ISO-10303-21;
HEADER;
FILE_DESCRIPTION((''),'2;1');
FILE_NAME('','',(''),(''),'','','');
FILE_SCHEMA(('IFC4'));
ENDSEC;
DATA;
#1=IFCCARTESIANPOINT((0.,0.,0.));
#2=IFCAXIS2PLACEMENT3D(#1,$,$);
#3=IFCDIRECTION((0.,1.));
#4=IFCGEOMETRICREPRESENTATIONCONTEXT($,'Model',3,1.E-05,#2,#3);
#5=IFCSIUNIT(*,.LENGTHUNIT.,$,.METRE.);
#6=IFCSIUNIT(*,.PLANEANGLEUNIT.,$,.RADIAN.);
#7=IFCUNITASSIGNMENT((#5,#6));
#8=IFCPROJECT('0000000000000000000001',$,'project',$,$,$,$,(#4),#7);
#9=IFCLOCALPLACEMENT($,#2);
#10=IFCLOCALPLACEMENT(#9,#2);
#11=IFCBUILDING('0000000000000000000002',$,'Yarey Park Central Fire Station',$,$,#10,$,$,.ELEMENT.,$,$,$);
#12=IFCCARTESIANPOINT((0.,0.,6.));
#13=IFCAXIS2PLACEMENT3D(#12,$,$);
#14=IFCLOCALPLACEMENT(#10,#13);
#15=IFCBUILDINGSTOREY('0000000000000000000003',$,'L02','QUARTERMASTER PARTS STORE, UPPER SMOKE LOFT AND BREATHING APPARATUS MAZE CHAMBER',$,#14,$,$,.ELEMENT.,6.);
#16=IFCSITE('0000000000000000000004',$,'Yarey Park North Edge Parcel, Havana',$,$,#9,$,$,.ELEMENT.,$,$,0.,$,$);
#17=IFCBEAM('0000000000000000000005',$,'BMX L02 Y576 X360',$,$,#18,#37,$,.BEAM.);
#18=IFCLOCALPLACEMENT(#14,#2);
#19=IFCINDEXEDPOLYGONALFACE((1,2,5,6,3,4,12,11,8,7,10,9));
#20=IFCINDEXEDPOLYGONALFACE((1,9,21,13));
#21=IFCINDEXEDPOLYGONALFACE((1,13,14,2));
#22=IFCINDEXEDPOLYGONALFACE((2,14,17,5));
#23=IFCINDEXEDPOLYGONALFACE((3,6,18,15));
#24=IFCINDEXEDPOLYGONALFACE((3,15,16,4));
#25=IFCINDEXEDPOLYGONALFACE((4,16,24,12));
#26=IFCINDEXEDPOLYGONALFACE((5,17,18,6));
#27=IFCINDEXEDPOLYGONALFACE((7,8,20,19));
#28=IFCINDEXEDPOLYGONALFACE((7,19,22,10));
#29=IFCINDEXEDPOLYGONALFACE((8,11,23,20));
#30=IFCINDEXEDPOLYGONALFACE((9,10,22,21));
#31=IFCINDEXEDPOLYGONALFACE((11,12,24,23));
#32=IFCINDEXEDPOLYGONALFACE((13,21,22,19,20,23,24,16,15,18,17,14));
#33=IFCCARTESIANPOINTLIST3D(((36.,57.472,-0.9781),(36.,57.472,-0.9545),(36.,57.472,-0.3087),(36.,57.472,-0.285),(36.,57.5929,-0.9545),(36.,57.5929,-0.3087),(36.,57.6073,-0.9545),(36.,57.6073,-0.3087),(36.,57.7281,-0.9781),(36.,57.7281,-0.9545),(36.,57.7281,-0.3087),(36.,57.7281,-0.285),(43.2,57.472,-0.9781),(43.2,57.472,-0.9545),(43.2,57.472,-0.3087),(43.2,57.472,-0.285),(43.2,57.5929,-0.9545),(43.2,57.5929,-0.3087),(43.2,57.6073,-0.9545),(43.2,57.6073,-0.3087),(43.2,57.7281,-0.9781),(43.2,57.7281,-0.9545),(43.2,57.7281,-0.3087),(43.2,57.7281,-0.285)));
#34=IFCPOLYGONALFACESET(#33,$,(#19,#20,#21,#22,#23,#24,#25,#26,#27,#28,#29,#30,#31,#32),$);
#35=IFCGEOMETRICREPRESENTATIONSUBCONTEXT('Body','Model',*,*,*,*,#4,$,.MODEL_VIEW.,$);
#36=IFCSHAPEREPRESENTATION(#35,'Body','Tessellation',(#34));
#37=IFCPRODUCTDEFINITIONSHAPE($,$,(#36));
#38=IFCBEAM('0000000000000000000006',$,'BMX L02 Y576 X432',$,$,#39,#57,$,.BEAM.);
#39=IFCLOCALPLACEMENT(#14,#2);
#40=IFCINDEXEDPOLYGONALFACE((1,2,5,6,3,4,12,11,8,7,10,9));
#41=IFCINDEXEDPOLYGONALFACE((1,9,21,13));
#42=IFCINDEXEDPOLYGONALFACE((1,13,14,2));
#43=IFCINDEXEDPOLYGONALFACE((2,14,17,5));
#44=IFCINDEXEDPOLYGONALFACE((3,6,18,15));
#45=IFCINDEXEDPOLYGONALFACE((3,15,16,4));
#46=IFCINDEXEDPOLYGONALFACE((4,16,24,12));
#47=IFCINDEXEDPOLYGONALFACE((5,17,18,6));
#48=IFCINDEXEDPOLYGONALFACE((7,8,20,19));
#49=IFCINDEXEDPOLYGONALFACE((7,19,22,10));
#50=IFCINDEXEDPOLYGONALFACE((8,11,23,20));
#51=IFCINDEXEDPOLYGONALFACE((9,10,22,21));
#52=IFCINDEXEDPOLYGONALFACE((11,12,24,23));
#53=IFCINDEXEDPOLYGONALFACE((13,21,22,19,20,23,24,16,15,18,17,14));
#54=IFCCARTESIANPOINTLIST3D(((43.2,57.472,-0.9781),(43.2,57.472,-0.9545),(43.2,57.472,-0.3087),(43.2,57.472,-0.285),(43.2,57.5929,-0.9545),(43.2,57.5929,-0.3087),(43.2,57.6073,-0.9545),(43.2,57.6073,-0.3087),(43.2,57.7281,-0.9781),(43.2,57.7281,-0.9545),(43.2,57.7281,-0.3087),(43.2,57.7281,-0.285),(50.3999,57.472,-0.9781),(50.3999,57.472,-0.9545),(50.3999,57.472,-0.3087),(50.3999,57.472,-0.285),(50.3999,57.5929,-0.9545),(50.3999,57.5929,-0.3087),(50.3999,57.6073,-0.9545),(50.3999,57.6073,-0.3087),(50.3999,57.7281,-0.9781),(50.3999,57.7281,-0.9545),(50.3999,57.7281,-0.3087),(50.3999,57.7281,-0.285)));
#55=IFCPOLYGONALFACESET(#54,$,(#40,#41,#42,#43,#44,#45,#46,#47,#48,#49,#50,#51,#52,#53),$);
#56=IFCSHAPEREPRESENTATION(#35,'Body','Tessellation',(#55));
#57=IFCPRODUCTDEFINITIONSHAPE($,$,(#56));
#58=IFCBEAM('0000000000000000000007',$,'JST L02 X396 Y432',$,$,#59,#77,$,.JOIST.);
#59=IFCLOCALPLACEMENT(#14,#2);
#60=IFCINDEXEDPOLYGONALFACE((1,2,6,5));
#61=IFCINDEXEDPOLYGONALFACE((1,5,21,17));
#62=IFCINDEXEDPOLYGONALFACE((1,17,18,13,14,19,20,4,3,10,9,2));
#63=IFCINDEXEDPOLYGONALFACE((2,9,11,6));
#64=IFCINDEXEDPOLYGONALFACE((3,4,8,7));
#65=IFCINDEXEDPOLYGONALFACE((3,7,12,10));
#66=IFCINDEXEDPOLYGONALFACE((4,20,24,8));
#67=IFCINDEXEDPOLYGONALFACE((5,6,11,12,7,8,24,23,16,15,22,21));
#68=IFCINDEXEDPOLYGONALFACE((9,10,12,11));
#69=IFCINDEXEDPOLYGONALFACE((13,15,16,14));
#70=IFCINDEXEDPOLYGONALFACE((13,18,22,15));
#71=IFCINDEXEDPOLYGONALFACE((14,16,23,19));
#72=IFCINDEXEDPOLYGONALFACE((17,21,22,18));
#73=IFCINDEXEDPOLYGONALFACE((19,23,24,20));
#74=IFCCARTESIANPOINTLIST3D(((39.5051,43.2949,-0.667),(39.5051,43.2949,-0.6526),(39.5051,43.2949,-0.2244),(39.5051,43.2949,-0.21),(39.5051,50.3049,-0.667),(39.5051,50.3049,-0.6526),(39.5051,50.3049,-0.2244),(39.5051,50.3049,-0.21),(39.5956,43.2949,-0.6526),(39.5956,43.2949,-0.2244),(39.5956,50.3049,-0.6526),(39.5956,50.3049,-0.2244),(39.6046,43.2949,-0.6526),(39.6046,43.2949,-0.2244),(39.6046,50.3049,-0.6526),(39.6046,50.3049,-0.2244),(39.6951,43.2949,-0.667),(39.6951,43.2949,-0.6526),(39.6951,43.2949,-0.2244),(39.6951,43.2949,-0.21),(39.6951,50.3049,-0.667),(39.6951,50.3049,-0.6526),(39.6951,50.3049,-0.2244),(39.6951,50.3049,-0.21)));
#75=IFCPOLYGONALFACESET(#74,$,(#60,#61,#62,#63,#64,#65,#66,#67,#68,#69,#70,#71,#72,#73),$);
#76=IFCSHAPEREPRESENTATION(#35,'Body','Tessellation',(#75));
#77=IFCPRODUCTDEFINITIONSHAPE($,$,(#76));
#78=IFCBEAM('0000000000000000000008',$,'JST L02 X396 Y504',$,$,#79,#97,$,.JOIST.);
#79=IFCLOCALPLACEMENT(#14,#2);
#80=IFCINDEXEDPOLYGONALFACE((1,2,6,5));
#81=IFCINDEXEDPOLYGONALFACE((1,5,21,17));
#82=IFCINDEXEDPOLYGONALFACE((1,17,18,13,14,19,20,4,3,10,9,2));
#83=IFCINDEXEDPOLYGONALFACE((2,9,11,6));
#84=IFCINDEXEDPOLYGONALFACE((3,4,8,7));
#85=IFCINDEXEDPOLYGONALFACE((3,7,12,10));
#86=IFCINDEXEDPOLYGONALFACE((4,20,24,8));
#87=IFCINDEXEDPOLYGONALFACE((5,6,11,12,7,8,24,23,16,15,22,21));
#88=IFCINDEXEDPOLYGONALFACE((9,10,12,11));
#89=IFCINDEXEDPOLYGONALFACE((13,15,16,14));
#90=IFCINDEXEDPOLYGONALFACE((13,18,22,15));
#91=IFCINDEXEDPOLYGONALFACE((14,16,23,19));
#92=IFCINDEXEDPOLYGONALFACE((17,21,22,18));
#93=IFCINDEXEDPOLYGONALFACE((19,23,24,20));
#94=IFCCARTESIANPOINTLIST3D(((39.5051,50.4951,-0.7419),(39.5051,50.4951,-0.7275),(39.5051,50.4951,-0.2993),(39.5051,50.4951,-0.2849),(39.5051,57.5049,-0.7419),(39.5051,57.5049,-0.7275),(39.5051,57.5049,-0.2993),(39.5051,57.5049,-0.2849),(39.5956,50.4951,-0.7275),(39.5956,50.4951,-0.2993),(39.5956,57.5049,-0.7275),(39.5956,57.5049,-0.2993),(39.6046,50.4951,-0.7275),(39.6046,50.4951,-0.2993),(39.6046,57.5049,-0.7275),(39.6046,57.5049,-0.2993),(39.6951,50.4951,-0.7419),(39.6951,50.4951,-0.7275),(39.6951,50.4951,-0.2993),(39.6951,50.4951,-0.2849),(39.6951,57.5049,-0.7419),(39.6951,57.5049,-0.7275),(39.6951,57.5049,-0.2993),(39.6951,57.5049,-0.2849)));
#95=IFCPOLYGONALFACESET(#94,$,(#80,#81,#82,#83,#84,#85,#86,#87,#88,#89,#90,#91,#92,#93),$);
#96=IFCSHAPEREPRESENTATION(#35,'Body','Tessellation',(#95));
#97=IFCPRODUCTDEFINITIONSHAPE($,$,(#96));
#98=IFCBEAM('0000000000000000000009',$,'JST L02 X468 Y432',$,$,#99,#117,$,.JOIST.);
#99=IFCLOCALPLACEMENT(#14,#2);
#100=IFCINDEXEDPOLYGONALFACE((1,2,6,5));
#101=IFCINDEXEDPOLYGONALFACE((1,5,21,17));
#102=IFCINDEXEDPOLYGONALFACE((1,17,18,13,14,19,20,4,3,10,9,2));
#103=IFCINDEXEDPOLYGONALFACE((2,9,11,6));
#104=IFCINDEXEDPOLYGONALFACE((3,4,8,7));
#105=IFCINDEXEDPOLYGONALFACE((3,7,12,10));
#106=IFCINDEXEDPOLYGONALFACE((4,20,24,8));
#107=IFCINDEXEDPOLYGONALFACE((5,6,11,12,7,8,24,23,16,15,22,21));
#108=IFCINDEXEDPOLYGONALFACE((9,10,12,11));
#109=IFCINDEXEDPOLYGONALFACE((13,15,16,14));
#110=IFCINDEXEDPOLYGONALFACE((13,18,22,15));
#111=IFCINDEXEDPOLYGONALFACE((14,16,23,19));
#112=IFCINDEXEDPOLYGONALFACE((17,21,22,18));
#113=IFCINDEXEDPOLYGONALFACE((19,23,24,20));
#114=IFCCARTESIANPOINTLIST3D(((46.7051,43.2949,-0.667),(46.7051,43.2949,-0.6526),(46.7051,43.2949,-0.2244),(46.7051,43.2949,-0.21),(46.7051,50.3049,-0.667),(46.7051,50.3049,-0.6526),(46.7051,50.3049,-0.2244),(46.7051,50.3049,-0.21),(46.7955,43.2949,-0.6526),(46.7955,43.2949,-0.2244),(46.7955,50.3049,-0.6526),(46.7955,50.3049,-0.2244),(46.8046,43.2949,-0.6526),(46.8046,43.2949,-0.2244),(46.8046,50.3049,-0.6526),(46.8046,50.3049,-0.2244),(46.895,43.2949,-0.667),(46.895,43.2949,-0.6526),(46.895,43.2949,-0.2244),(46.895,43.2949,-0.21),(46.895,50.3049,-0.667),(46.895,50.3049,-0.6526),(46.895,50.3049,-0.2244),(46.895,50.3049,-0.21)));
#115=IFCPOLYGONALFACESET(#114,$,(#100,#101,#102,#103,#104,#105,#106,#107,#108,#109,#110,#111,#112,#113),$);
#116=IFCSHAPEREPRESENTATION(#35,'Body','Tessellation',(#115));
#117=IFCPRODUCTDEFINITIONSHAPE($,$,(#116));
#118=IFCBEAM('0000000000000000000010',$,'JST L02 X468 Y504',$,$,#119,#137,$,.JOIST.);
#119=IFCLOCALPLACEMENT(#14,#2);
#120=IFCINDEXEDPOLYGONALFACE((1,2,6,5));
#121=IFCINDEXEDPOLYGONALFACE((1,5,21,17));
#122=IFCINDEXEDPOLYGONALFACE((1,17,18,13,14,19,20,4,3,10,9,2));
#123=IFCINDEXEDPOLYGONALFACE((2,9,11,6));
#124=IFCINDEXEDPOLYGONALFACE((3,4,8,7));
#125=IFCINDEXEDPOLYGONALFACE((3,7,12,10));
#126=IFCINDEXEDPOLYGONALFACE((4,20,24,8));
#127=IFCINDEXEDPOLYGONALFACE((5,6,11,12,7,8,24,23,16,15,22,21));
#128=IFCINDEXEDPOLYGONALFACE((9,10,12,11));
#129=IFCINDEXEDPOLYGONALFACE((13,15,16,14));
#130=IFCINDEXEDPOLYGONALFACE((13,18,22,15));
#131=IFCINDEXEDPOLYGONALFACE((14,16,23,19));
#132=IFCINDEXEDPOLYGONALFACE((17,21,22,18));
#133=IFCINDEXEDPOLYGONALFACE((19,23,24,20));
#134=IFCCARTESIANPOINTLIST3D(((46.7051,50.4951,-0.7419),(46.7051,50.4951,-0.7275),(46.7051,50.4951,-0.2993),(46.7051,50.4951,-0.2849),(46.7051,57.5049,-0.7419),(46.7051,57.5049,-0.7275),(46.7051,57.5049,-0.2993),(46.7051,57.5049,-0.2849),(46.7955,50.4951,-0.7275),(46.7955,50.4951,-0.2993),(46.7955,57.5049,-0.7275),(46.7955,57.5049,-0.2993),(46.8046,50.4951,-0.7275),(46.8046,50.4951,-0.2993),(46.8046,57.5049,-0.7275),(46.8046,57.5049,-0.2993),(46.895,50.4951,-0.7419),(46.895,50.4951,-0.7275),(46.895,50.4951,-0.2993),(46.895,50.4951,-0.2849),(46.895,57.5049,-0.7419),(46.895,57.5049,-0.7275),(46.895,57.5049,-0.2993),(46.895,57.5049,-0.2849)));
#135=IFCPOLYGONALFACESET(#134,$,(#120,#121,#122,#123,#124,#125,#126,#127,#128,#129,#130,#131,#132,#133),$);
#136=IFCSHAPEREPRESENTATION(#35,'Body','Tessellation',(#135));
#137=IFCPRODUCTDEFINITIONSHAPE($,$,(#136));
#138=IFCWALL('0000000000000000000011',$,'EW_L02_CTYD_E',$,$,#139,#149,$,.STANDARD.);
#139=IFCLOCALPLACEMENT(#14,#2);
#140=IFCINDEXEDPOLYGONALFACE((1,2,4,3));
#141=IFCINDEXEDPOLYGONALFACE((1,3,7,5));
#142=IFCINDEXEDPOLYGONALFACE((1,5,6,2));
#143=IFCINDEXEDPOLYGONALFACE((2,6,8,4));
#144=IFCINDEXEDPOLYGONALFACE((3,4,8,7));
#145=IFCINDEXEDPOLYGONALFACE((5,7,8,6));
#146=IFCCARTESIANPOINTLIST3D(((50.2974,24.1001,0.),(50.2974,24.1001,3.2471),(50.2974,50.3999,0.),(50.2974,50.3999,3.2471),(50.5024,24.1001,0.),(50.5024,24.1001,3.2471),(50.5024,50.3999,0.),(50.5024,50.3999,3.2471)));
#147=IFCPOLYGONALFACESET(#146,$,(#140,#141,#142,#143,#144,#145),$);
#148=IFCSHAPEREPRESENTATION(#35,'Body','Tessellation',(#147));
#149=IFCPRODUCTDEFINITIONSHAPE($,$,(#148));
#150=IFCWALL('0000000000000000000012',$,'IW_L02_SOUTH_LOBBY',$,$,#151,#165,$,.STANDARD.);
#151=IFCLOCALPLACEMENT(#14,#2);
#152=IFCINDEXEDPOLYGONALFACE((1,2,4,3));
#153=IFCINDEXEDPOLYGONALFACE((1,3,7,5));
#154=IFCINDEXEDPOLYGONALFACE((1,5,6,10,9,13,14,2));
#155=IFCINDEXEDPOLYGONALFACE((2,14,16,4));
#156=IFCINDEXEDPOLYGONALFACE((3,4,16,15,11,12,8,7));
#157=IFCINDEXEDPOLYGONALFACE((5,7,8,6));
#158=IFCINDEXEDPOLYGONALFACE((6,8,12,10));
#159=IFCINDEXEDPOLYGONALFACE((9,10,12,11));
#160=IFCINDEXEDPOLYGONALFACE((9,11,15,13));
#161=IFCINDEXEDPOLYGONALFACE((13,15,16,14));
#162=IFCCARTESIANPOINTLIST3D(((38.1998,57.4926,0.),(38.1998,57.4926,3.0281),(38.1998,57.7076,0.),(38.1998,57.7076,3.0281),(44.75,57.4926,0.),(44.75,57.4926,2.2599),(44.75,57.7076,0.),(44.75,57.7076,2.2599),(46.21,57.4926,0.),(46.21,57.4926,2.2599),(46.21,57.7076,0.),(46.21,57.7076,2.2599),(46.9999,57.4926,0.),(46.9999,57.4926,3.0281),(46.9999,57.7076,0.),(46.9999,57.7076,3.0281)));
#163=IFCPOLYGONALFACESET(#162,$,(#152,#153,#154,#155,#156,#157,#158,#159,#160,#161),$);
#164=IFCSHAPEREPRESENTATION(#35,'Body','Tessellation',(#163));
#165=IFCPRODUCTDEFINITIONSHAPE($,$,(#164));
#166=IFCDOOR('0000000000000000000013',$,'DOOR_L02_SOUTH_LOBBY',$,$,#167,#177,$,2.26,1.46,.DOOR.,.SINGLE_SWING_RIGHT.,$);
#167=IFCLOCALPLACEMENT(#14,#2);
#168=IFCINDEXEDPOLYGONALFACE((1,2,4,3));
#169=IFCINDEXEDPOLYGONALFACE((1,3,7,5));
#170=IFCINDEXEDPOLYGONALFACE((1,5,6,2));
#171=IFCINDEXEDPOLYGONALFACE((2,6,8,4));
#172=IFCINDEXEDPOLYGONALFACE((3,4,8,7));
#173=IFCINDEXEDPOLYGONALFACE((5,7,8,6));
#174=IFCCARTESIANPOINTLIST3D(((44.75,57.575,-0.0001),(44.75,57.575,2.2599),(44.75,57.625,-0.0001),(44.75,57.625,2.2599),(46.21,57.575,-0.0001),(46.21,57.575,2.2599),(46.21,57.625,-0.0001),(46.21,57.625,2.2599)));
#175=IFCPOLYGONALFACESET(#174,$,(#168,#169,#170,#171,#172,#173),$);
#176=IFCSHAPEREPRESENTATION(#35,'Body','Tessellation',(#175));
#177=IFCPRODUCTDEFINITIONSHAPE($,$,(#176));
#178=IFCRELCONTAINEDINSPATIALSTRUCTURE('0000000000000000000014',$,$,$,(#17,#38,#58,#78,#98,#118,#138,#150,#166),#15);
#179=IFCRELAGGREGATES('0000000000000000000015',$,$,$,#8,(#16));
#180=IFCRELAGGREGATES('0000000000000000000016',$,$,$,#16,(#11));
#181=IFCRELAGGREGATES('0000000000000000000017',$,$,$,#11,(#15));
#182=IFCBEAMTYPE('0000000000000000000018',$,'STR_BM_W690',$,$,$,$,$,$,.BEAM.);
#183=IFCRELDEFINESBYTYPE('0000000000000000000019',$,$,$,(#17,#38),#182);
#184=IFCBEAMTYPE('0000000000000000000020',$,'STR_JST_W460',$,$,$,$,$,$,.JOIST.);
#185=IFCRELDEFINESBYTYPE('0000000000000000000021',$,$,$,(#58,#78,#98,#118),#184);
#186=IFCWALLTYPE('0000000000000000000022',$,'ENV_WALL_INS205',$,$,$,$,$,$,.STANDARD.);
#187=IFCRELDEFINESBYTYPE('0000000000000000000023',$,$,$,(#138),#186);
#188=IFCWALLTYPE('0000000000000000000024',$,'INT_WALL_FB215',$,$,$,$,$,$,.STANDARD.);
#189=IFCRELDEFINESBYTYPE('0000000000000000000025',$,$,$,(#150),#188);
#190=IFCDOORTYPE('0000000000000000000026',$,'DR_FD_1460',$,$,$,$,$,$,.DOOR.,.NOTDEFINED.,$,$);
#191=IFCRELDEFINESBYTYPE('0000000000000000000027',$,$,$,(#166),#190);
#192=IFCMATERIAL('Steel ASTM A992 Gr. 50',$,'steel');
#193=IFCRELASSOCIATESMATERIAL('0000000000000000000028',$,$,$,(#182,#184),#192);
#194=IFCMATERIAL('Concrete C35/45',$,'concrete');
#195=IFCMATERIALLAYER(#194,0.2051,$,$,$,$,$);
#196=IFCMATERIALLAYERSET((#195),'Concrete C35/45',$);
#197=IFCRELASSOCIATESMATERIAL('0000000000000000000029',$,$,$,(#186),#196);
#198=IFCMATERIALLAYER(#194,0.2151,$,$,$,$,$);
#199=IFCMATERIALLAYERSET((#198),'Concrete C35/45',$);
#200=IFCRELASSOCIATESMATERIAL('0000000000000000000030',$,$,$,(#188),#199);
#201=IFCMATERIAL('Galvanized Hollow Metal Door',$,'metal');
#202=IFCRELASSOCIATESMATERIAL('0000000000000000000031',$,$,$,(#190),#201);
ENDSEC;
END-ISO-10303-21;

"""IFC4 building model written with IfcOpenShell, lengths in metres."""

from ifc_helpers import new_model, si_unit, direction, frame, frame_2d, origin, origin_2d, place, context, subcontext, project, spatial, rectangle, i_section, extrude, material, layer, layer_set, material_profile, profile_set, type_object, element, fill, save


model = new_model("IFC4")

# Units and contexts
model_context = context("Model", 3, precision=1e-05, world=origin(), true_north=direction((0.0, 1.0)))
body_context = subcontext(model_context, "Body", "Model", "MODEL_VIEW")
ifc_project = project(units=[si_unit("LENGTHUNIT", "METRE"), si_unit("PLANEANGLEUNIT", "RADIAN")], contexts=[model_context])

# Site, building, storey
site_placement = place(None, origin())
site = spatial("IfcSite", under=ifc_project, at=site_placement, Name="Yarey Park North Edge Parcel, Havana", CompositionType="ELEMENT", RefElevation=0.0)
building_placement = place(site_placement, origin())
building = spatial("IfcBuilding", under=site, at=building_placement, Name="Yarey Park Central Fire Station", CompositionType="ELEMENT")
storey_placement = place(building_placement, frame((0.0, 0.0, 6.0)))
storey = spatial("IfcBuildingStorey", under=building, at=storey_placement, Name="L02", Description="QUARTERMASTER PARTS STORE, UPPER SMOKE LOFT AND BREATHING APPARATUS MAZE CHAMBER", CompositionType="ELEMENT", Elevation=6.0)

# Shared definitions
ifc_material_1 = material(Name="Steel ASTM A992 Gr. 50", Category="steel")

# Beams
ifc_material_profile_1 = material_profile(ifc_material_1, i_section(OverallWidth=0.2561, OverallDepth=0.6931, WebThickness=0.0144, FlangeThickness=0.0237, at=origin_2d()), Name="W690x170")
ifc_profile_set_1 = profile_set([ifc_material_profile_1], Name="Steel ASTM A992 Gr. 50")
beam_type_1 = type_object("IfcBeamType", Name="STR_BM_W690", PredefinedType="BEAM", material=ifc_profile_set_1)
for number, where, z_axis, x_axis, name in (
    (1, (36.0, 57.6001, -0.6316), (1.0, 0.0, 0.0), (0.0, 1.0, 0.0), "BMX L02 Y576 X360"),
    (2, (43.2, 57.6001, -0.6316), (1.0, 0.0, 0.0), (0.0, 1.0, 0.0), "BMX L02 Y576 X432"),
):
    element("IfcBeam", number, at=place(storey_placement, frame(where, z_axis=z_axis, x_axis=x_axis)), inside=storey, type_object=beam_type_1, Name=name, PredefinedType="BEAM", context=body_context, shape_type="SweptSolid", body=[
        extrude(i_section(OverallWidth=0.2561, OverallDepth=0.6931, WebThickness=0.0144, FlangeThickness=0.0237, at=origin_2d()), origin(), (0.0, 0.0, 1.0), 7.2),
    ])
ifc_material_profile_2 = material_profile(ifc_material_1, i_section(OverallWidth=0.1899, OverallDepth=0.457, WebThickness=0.009, FlangeThickness=0.0144, at=origin_2d()), Name="W460x74")
ifc_profile_set_2 = profile_set([ifc_material_profile_2], Name="Steel ASTM A992 Gr. 50")
beam_type_2 = type_object("IfcBeamType", Name="STR_JST_W460", PredefinedType="JOIST", material=ifc_profile_set_2)
beam_1_placement = place(storey_placement, frame((39.6001, 43.2949, -0.4385), z_axis=(0.0, 1.0, 0.0), x_axis=(-1.0, 0.0, 0.0)))
element("IfcBeam", 3, at=beam_1_placement, inside=storey, type_object=beam_type_2, Name="JST L02 X396 Y432", PredefinedType="JOIST", context=body_context, shape_type="SweptSolid", body=[
    extrude(i_section(OverallWidth=0.1899, OverallDepth=0.457, WebThickness=0.009, FlangeThickness=0.0144, at=origin_2d()), origin(), (0.0, 0.0, 1.0), 7.01),
])
beam_2_placement = place(storey_placement, frame((39.6001, 50.4951, -0.5134), z_axis=(0.0, 1.0, 0.0), x_axis=(-1.0, 0.0, 0.0)))
element("IfcBeam", 4, at=beam_2_placement, inside=storey, type_object=beam_type_2, Name="JST L02 X396 Y504", PredefinedType="JOIST", context=body_context, shape_type="SweptSolid", body=[
    extrude(i_section(OverallWidth=0.1899, OverallDepth=0.457, WebThickness=0.009, FlangeThickness=0.0144, at=origin_2d()), origin(), (0.0, 0.0, 1.0), 7.0098),
])
beam_3_placement = place(storey_placement, frame((46.8, 43.2949, -0.4385), z_axis=(0.0, 1.0, 0.0), x_axis=(-1.0, 0.0, 0.0)))
element("IfcBeam", 5, at=beam_3_placement, inside=storey, type_object=beam_type_2, Name="JST L02 X468 Y432", PredefinedType="JOIST", context=body_context, shape_type="SweptSolid", body=[
    extrude(i_section(OverallWidth=0.1899, OverallDepth=0.457, WebThickness=0.009, FlangeThickness=0.0144, at=origin_2d()), origin(), (0.0, 0.0, 1.0), 7.01),
])
beam_4_placement = place(storey_placement, frame((46.8, 50.4951, -0.5134), z_axis=(0.0, 1.0, 0.0), x_axis=(-1.0, 0.0, 0.0)))
element("IfcBeam", 6, at=beam_4_placement, inside=storey, type_object=beam_type_2, Name="JST L02 X468 Y504", PredefinedType="JOIST", context=body_context, shape_type="SweptSolid", body=[
    extrude(i_section(OverallWidth=0.1899, OverallDepth=0.457, WebThickness=0.009, FlangeThickness=0.0144, at=origin_2d()), origin(), (0.0, 0.0, 1.0), 7.0098),
])

# Wall
ifc_material_2 = material(Name="Concrete C35/45", Category="concrete")
ifc_layer_1 = layer(ifc_material_2, 0.2051)
ifc_layer_set_1 = layer_set([ifc_layer_1], Name="Concrete C35/45")
wall_type_1 = type_object("IfcWallType", Name="ENV_WALL_INS205", PredefinedType="STANDARD", material=ifc_layer_set_1)
wall_1_placement = place(storey_placement, frame((50.3999, 50.3999, 0.0), z_axis=(0.0, 0.0, 1.0), x_axis=(0.0, -1.0, 0.0)))
element("IfcWall", 7, at=wall_1_placement, inside=storey, type_object=wall_type_1, Name="EW_L02_CTYD_E", PredefinedType="STANDARD", context=body_context, shape_type="SweptSolid", body=[
    extrude(rectangle(XDim=26.2998, YDim=0.2051, at=frame_2d((13.1499, 0.0))), origin(), (0.0, 0.0, 1.0), 3.2471),
])

# Wall, opening, door
ifc_layer_2 = layer(ifc_material_2, 0.2151)
ifc_layer_set_2 = layer_set([ifc_layer_2], Name="Concrete C35/45")
wall_type_2 = type_object("IfcWallType", Name="INT_WALL_FB215", PredefinedType="STANDARD", material=ifc_layer_set_2)
wall_2_placement = place(storey_placement, frame((38.2, 57.6001, 0.0), z_axis=(0.0, 0.0, 1.0), x_axis=(1.0, 0.0, 0.0)))
wall_2 = element("IfcWall", 8, at=wall_2_placement, inside=storey, type_object=wall_type_2, Name="IW_L02_SOUTH_LOBBY", PredefinedType="STANDARD", context=body_context, shape_type="SweptSolid", body=[
    extrude(rectangle(XDim=8.8, YDim=0.2151, at=frame_2d((4.3999, 0.0))), origin(), (0.0, 0.0, 1.0), 3.0281),
])
opening_1_placement = place(wall_2_placement, frame((6.55, 0.0, 0.0)))
opening_1 = element("IfcOpeningElement", 9, at=opening_1_placement, cuts=wall_2, PredefinedType="OPENING", context=body_context, shape_type="SweptSolid", body=[
    extrude(rectangle(XDim=1.46, YDim=2.26, at=frame_2d((0.73, 1.1299))), frame((0.0, 0.1174, 0.0), z_axis=(0.0, -1.0, 0.0), x_axis=(1.0, 0.0, 0.0)), (0.0, 0.0, 1.0), 0.2351),
])
ifc_material_3 = material(Name="Galvanized Hollow Metal Door", Category="metal")
door_type_1 = type_object("IfcDoorType", Name="DR_FD_1460", OperationType="NOTDEFINED", PredefinedType="DOOR", material=ifc_material_3)
door_1_placement = place(opening_1_placement, origin())
door_1 = element("IfcDoor", 10, at=door_1_placement, inside=storey, type_object=door_type_1, Name="DOOR_L02_SOUTH_LOBBY", OperationType="SINGLE_SWING_RIGHT", OverallHeight=2.26, OverallWidth=1.46, PredefinedType="DOOR", context=body_context, shape_type="SweptSolid", body=[
    extrude(rectangle(XDim=1.46, YDim=2.26, at=frame_2d((0.73, 1.1299))), frame((0.0, 0.0249, 0.0), z_axis=(0.0, -1.0, 0.0), x_axis=(1.0, 0.0, 0.0)), (0.0, 0.0, 1.0), 0.05),
])
fill(opening_1, door_1)

save(model, "model.ifc")
